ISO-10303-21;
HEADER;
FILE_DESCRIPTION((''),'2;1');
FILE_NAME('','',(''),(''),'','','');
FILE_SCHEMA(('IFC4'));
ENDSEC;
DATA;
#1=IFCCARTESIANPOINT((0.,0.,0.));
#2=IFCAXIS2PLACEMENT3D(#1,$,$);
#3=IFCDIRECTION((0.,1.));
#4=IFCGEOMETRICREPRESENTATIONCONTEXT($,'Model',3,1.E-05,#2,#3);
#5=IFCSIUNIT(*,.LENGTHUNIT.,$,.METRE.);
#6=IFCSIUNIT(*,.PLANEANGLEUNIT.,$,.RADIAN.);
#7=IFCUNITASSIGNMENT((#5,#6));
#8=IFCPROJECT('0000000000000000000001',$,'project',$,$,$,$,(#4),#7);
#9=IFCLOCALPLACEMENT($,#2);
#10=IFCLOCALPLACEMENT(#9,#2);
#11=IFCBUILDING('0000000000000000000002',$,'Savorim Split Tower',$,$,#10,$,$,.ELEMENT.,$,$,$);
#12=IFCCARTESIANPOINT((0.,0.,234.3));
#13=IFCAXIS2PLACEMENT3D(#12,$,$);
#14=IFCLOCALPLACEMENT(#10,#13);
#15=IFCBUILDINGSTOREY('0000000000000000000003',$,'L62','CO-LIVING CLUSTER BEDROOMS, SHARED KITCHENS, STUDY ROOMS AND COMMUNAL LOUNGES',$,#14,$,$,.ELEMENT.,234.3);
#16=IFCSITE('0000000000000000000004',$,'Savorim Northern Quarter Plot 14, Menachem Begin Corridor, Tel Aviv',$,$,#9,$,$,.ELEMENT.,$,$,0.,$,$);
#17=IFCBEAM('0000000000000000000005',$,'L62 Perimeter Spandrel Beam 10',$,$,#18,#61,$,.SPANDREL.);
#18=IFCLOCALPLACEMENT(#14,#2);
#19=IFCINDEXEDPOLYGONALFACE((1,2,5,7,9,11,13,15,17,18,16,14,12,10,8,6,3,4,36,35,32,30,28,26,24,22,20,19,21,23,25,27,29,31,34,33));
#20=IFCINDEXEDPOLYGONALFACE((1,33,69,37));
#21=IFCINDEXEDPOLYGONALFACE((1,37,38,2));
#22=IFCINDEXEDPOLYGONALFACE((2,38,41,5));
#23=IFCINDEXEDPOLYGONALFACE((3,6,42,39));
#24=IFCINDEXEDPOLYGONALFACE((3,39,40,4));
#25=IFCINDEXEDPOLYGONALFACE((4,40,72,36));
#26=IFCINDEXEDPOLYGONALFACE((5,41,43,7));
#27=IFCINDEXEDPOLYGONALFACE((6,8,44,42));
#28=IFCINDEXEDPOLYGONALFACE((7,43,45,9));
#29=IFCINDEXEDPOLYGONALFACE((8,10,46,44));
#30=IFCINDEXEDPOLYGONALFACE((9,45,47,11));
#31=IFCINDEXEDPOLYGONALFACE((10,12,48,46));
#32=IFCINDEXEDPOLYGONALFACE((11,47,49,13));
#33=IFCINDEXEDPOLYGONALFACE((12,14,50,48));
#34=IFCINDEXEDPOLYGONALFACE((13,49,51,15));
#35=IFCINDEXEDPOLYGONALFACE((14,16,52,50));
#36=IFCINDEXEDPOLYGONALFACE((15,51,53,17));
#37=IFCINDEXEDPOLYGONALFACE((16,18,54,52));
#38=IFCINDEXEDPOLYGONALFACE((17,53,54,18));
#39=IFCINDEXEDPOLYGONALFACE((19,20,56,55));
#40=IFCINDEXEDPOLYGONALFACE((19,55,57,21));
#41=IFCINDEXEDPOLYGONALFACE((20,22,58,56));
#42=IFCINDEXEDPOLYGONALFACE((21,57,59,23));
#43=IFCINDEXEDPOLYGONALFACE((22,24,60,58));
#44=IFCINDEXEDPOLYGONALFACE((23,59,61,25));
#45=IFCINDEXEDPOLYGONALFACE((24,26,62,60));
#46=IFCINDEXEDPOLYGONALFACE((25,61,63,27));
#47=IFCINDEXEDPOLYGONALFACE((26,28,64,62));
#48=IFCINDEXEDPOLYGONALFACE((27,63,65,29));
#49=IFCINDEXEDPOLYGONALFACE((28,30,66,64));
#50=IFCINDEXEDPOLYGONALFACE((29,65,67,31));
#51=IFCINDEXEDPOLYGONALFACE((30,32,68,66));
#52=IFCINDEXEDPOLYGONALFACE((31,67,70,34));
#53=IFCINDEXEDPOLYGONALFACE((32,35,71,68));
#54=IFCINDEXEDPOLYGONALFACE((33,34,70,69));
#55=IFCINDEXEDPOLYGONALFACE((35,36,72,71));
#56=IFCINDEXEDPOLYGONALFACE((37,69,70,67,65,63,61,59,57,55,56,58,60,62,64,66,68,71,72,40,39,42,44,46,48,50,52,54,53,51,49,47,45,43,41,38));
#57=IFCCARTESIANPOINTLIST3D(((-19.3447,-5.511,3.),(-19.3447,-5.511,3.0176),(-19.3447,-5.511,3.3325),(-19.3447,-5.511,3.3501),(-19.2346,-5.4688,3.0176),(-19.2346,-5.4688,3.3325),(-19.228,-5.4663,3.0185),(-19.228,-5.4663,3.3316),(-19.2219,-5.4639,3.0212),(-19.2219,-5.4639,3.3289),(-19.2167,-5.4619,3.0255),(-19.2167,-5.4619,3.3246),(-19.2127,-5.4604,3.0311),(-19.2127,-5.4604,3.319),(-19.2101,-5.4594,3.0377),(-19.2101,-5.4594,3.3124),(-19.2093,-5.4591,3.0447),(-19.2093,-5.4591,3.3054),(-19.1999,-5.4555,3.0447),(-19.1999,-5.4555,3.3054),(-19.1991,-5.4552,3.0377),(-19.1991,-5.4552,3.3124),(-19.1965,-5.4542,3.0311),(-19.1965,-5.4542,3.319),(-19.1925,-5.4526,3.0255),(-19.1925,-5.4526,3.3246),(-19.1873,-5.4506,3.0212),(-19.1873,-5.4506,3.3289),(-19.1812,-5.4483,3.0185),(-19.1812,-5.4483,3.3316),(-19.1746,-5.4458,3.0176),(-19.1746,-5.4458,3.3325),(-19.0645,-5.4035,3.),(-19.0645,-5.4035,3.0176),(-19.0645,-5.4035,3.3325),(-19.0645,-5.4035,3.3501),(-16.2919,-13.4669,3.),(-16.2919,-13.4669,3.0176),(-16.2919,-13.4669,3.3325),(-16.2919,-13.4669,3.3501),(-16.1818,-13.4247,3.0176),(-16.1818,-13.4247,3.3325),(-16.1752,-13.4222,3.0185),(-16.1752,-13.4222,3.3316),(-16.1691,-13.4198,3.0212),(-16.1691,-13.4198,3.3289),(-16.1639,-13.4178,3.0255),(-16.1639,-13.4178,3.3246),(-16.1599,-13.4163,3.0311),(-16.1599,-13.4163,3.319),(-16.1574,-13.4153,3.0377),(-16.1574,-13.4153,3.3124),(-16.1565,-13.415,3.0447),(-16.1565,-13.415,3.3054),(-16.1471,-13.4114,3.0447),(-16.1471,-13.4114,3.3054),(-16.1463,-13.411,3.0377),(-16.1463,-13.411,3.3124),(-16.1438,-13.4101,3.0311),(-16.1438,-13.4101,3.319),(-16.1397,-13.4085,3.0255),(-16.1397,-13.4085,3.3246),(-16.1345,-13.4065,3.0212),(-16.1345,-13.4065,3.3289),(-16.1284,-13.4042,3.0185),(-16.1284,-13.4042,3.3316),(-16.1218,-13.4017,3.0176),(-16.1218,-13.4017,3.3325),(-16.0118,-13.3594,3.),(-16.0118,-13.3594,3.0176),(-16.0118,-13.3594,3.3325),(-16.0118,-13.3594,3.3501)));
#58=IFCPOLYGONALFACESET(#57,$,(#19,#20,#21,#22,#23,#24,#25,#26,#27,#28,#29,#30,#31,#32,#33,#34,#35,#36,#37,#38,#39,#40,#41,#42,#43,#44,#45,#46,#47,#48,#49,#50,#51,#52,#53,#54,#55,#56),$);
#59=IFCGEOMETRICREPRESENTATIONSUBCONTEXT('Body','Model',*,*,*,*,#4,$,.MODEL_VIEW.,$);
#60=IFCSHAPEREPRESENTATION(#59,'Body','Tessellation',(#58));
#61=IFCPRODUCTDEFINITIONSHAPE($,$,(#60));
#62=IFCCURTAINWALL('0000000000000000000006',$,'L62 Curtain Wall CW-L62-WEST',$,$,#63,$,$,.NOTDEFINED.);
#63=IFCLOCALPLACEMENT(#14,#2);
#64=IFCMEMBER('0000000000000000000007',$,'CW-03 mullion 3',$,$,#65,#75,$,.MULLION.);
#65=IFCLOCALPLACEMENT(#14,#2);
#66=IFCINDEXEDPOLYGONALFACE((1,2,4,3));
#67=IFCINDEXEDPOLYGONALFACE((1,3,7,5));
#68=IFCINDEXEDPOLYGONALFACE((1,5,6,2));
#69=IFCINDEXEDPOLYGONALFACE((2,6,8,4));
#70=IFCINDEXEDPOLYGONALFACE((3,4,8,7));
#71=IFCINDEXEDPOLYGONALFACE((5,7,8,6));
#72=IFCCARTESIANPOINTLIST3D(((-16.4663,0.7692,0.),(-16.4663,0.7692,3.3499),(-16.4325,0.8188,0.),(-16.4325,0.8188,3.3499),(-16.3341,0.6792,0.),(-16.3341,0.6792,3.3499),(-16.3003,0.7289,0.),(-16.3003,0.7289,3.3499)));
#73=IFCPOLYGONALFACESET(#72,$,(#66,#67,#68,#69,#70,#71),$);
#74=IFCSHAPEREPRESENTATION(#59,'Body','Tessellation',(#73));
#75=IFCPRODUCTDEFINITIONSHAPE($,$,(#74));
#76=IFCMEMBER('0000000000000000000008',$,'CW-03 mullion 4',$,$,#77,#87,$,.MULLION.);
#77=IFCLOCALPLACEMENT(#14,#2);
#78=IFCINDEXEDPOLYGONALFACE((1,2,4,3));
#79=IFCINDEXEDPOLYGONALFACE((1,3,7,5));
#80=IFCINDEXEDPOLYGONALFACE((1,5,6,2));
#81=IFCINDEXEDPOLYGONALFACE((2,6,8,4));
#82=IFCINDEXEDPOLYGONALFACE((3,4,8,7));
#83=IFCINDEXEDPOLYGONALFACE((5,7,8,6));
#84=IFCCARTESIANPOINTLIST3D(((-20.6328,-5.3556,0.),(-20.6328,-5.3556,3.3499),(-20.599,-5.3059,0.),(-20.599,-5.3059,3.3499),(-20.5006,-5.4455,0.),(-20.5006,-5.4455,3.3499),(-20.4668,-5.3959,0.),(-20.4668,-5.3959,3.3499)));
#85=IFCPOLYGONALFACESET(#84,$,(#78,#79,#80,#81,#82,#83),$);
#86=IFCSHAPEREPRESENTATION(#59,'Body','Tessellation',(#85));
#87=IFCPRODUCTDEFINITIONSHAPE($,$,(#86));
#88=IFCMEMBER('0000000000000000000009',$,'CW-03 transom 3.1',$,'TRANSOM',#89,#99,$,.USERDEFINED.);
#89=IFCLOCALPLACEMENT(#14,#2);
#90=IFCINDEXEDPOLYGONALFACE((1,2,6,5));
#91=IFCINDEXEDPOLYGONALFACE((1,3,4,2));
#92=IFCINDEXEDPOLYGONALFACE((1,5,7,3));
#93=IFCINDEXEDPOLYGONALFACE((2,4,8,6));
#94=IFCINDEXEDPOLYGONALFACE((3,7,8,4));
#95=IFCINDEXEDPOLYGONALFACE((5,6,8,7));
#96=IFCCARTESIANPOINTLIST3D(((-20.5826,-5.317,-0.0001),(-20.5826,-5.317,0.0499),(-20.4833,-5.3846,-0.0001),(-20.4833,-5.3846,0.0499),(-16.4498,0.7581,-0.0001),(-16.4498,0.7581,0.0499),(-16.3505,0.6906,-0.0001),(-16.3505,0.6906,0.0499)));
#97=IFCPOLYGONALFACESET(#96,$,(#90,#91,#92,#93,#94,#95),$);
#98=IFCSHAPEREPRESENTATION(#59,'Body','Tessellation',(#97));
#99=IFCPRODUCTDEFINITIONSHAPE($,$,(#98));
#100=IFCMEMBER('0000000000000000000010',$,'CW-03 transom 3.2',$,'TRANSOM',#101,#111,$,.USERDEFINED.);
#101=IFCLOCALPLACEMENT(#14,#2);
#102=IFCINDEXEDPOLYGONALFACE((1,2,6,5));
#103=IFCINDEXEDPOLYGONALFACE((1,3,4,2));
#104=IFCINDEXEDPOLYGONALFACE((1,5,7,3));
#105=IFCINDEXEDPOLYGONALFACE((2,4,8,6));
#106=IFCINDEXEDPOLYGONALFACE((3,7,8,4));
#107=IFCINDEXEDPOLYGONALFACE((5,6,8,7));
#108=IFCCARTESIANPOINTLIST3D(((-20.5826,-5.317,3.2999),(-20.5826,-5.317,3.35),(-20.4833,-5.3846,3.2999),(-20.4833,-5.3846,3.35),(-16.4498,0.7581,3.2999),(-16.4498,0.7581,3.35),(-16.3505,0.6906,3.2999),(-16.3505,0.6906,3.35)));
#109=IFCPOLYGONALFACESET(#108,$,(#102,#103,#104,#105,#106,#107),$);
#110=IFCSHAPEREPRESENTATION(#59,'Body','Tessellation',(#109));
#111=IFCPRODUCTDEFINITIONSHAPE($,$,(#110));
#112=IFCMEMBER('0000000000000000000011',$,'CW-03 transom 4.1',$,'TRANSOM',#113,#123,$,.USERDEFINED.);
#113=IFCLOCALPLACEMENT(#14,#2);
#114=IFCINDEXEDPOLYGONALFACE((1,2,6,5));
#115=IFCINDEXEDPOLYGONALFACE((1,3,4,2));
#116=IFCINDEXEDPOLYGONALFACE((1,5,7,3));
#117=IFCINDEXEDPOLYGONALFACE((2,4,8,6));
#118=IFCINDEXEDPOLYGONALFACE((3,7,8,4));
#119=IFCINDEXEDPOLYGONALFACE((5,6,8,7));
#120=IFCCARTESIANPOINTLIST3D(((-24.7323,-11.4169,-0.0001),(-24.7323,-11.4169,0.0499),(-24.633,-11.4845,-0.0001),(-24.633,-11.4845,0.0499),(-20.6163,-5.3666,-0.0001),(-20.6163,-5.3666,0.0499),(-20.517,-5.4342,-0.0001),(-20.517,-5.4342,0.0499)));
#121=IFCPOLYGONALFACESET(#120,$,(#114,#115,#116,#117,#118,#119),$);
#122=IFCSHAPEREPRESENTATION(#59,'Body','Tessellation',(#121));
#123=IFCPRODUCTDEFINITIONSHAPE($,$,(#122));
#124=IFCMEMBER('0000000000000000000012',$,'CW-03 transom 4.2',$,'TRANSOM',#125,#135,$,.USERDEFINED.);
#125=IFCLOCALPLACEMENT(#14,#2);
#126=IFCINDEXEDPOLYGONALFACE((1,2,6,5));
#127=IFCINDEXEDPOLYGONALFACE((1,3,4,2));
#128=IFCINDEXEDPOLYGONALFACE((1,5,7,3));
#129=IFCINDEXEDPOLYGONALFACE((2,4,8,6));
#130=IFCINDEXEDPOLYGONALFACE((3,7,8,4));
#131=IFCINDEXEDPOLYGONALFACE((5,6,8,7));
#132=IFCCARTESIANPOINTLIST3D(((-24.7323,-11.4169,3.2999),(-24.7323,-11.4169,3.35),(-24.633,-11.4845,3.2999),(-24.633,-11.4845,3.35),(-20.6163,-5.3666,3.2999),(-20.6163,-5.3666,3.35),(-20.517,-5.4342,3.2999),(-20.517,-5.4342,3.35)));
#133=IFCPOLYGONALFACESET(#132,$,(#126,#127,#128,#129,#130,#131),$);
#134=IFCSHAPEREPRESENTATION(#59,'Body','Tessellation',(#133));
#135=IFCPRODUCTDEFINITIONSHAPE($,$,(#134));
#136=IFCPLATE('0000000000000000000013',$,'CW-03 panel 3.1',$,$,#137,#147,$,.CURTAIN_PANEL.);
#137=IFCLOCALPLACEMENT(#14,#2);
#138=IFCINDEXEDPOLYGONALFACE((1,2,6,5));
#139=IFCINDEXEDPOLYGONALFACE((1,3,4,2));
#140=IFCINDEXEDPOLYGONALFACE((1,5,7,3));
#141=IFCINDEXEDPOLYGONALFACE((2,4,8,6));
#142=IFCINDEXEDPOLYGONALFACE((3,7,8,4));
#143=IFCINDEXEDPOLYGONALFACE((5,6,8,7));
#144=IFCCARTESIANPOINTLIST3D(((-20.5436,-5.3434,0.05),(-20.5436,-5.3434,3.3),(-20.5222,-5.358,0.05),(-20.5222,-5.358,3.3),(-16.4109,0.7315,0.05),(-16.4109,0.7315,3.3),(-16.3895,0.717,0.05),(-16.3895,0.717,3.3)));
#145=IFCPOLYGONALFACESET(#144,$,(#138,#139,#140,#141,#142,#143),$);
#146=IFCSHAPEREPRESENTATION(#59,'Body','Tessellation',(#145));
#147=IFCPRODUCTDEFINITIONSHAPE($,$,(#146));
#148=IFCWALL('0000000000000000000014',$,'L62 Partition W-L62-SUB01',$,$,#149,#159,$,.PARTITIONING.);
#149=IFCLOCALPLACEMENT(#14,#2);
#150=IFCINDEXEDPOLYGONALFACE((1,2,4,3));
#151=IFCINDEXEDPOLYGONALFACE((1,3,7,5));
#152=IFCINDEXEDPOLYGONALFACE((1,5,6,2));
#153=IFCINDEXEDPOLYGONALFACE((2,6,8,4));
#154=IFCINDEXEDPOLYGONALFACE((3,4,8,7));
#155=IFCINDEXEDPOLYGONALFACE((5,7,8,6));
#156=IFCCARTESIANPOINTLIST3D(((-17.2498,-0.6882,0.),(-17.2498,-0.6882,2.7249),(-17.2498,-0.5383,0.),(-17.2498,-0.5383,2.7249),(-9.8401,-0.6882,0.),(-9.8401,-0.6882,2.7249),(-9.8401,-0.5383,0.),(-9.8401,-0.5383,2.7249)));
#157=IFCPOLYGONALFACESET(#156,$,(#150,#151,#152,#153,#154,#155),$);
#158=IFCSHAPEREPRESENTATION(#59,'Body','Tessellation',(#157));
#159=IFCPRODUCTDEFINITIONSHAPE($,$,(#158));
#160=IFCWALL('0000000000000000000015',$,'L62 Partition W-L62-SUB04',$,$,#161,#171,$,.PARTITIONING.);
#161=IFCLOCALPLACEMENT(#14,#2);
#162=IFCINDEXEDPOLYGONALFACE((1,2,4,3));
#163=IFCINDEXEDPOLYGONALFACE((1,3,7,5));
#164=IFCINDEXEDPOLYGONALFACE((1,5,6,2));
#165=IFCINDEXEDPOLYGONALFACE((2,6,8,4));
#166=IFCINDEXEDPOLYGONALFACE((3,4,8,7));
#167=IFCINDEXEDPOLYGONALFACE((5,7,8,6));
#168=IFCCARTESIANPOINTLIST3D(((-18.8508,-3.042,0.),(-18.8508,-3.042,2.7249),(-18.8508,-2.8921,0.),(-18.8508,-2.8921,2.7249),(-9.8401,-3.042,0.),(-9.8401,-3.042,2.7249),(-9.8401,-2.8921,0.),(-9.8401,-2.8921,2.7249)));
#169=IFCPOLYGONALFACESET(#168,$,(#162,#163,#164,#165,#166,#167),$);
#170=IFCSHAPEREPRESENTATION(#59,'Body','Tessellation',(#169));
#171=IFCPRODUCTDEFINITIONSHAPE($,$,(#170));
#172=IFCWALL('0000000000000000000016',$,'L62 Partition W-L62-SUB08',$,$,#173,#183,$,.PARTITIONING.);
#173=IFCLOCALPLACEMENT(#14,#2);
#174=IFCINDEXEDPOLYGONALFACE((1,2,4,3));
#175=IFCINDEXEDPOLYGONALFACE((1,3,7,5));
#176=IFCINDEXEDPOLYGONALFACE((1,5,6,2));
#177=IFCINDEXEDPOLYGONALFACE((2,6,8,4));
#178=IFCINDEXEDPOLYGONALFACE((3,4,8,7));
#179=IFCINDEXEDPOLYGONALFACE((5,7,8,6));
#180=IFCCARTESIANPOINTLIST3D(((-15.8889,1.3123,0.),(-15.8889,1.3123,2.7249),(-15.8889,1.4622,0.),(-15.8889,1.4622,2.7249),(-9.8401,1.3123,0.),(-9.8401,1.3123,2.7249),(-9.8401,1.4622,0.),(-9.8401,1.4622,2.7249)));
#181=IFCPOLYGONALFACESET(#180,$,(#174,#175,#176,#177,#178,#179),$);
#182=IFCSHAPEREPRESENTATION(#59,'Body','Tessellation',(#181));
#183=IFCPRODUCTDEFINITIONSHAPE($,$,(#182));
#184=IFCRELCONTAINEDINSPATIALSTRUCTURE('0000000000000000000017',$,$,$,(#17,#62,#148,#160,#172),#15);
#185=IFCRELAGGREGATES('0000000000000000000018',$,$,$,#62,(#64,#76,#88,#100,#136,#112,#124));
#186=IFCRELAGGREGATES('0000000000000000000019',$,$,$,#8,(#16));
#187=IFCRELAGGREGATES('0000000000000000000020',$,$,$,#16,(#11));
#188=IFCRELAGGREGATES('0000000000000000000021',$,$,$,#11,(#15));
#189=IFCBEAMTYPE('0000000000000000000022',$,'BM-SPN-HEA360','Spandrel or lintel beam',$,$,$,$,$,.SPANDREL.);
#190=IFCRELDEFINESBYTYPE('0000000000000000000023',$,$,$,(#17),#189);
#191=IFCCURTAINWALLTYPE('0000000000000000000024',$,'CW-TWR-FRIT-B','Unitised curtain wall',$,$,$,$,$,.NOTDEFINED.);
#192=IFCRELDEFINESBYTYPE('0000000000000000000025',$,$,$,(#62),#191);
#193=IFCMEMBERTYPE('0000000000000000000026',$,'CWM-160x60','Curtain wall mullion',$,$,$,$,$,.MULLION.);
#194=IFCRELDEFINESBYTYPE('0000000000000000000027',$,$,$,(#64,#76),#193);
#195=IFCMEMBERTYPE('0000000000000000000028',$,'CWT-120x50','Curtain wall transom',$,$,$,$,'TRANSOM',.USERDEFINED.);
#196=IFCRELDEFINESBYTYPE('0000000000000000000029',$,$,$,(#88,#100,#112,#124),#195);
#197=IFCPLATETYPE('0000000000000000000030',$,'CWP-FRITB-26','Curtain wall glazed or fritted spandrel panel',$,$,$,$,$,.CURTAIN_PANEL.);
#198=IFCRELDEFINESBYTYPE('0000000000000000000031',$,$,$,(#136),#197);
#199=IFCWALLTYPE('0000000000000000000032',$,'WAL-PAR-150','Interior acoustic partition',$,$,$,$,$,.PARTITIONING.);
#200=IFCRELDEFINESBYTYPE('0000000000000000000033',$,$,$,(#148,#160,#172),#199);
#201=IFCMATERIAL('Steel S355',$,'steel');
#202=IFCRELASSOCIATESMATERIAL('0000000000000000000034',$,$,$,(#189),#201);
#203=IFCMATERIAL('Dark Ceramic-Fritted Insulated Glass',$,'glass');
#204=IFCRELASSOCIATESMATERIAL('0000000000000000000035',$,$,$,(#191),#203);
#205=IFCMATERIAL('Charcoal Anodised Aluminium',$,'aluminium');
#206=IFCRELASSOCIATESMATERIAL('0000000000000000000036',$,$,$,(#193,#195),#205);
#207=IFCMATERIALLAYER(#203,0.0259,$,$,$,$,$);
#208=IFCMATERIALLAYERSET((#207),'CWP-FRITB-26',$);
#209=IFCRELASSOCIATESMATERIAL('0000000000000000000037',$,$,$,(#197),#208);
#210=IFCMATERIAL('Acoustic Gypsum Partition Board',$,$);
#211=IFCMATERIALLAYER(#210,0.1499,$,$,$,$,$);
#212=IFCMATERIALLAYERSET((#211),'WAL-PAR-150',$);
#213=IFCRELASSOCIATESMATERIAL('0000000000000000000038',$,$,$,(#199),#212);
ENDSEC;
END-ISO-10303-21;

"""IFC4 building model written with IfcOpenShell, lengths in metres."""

from ifc_helpers import new_model, si_unit, direction, frame, frame_2d, origin, origin_2d, place, context, subcontext, project, spatial, rectangle, i_section, extrude, material, layer, layer_set, material_profile, profile_set, type_object, element, aggregate, save


model = new_model("IFC4")

# Units and contexts
model_context = context("Model", 3, precision=1e-05, world=origin(), true_north=direction((0.0, 1.0)))
body_context = subcontext(model_context, "Body", "Model", "MODEL_VIEW")
ifc_project = project(units=[si_unit("LENGTHUNIT", "METRE"), si_unit("PLANEANGLEUNIT", "RADIAN")], contexts=[model_context])

# Site, building, storey
site_placement = place(None, origin())
site = spatial("IfcSite", under=ifc_project, at=site_placement, Name="Savorim Northern Quarter Plot 14, Menachem Begin Corridor, Tel Aviv", CompositionType="ELEMENT", RefElevation=0.0)
building_placement = place(site_placement, origin())
building = spatial("IfcBuilding", under=site, at=building_placement, Name="Savorim Split Tower", CompositionType="ELEMENT")
storey_placement = place(building_placement, frame((0.0, 0.0, 234.3)))
storey = spatial("IfcBuildingStorey", under=building, at=storey_placement, Name="L62", Description="CO-LIVING CLUSTER BEDROOMS, SHARED KITCHENS, STUDY ROOMS AND COMMUNAL LOUNGES", CompositionType="ELEMENT", Elevation=234.3)

# Shared definitions
ifc_material_1 = material(Name="Steel S355", Category="steel")

# Beam
ifc_material_profile_1 = material_profile(ifc_material_1, i_section(OverallWidth=0.3, OverallDepth=0.3501, WebThickness=0.01, FlangeThickness=0.0176, FilletRadius=0.0271, at=origin_2d()), Name="HEA 360")
ifc_profile_set_1 = profile_set([ifc_material_profile_1], Name="Steel S355")
beam_type_1 = type_object("IfcBeamType", Name="BM-SPN-HEA360", Description="Spandrel or lintel beam", PredefinedType="SPANDREL", material=ifc_profile_set_1)
beam_1_placement = place(storey_placement, frame((-19.2046, -5.4573, 3.175), z_axis=(0.358244, -0.933628, 0.0), x_axis=(0.933628, 0.358244, 0.0)))
element("IfcBeam", 1, at=beam_1_placement, inside=storey, type_object=beam_type_1, Name="L62 Perimeter Spandrel Beam 10", PredefinedType="SPANDREL", context=body_context, shape_type="SweptSolid", body=[
    extrude(i_section(OverallWidth=0.3, OverallDepth=0.3501, WebThickness=0.01, FlangeThickness=0.0176, FilletRadius=0.0271, at=origin_2d()), origin(), (0.0, 0.0, 1.0), 8.5215),
])

# Curtain wall, members, plate
ifc_material_2 = material(Name="Dark Ceramic-Fritted Insulated Glass", Category="glass")
curtain_wall_type = type_object("IfcCurtainWallType", Name="CW-TWR-FRIT-B", Description="Unitised curtain wall", PredefinedType="NOTDEFINED", material=ifc_material_2)
curtain_wall_placement = place(storey_placement, origin())
curtain_wall = element("IfcCurtainWall", 2, at=curtain_wall_placement, inside=storey, type_object=curtain_wall_type, Name="L62 Curtain Wall CW-L62-WEST", PredefinedType="NOTDEFINED")
ifc_material_3 = material(Name="Charcoal Anodised Aluminium", Category="aluminium")
ifc_material_profile_2 = material_profile(ifc_material_3, rectangle(XDim=0.1599, YDim=0.0601, at=origin_2d()), Name="ALU-M 160x60")
ifc_profile_set_2 = profile_set([ifc_material_profile_2], Name="Charcoal Anodised Aluminium")
member_type_1 = type_object("IfcMemberType", Name="CWM-160x60", Description="Curtain wall mullion", PredefinedType="MULLION", material=ifc_profile_set_2)
member_1_placement = place(storey_placement, frame((-16.3833, 0.749, 0.0), z_axis=(0.0, 0.0, 1.0), x_axis=(0.82682, -0.562467, 0.0)))
member_1 = element("IfcMember", 3, at=member_1_placement, type_object=member_type_1, Name="CW-03 mullion 3", PredefinedType="MULLION", context=body_context, shape_type="SweptSolid", body=[
    extrude(rectangle(XDim=0.1599, YDim=0.0601, at=origin_2d()), origin(), (0.0, 0.0, 1.0), 3.3499),
])
member_2_placement = place(storey_placement, frame((-20.5498, -5.3757, 0.0), z_axis=(0.0, 0.0, 1.0), x_axis=(0.82682, -0.562467, 0.0)))
member_2 = element("IfcMember", 4, at=member_2_placement, type_object=member_type_1, Name="CW-03 mullion 4", PredefinedType="MULLION", context=body_context, shape_type="SweptSolid", body=[
    extrude(rectangle(XDim=0.1599, YDim=0.0601, at=origin_2d()), origin(), (0.0, 0.0, 1.0), 3.3499),
])
ifc_material_profile_3 = material_profile(ifc_material_3, rectangle(XDim=0.1201, YDim=0.05, at=origin_2d()), Name="ALU-T 120x50")
ifc_profile_set_3 = profile_set([ifc_material_profile_3], Name="Charcoal Anodised Aluminium")
member_type_2 = type_object("IfcMemberType", Name="CWT-120x50", Description="Curtain wall transom", ElementType="TRANSOM", PredefinedType="USERDEFINED", material=ifc_profile_set_3)
member_3_placement = place(storey_placement, frame((-16.4001, 0.7244, 0.0249), z_axis=(-0.562466, -0.82682, 0.0), x_axis=(0.82682, -0.562466, 0.0)))
member_3 = element("IfcMember", 5, at=member_3_placement, type_object=member_type_2, Name="CW-03 transom 3.1", ObjectType="TRANSOM", PredefinedType="USERDEFINED", context=body_context, shape_type="SweptSolid", body=[
    extrude(rectangle(XDim=0.1201, YDim=0.05, at=origin_2d()), origin(), (0.0, 0.0, 1.0), 7.3477),
])
member_4_placement = place(storey_placement, frame((-16.4001, 0.7244, 3.325), z_axis=(-0.562466, -0.82682, 0.0), x_axis=(0.82682, -0.562466, 0.0)))
member_4 = element("IfcMember", 6, at=member_4_placement, type_object=member_type_2, Name="CW-03 transom 3.2", ObjectType="TRANSOM", PredefinedType="USERDEFINED", context=body_context, shape_type="SweptSolid", body=[
    extrude(rectangle(XDim=0.1201, YDim=0.05, at=origin_2d()), origin(), (0.0, 0.0, 1.0), 7.3477),
])
member_5_placement = place(storey_placement, frame((-20.5667, -5.4004, 0.0249), z_axis=(-0.562475, -0.826814, 0.0), x_axis=(0.826814, -0.562475, 0.0)))
member_5 = element("IfcMember", 7, at=member_5_placement, type_object=member_type_2, Name="CW-03 transom 4.1", ObjectType="TRANSOM", PredefinedType="USERDEFINED", context=body_context, shape_type="SweptSolid", body=[
    extrude(rectangle(XDim=0.1201, YDim=0.05, at=origin_2d()), origin(), (0.0, 0.0, 1.0), 7.3176),
])
member_6_placement = place(storey_placement, frame((-20.5667, -5.4004, 3.325), z_axis=(-0.562475, -0.826814, 0.0), x_axis=(0.826814, -0.562475, 0.0)))
member_6 = element("IfcMember", 8, at=member_6_placement, type_object=member_type_2, Name="CW-03 transom 4.2", ObjectType="TRANSOM", PredefinedType="USERDEFINED", context=body_context, shape_type="SweptSolid", body=[
    extrude(rectangle(XDim=0.1201, YDim=0.05, at=origin_2d()), origin(), (0.0, 0.0, 1.0), 7.3176),
])
ifc_layer_1 = layer(ifc_material_2, 0.0259)
ifc_layer_set_1 = layer_set([ifc_layer_1], Name="CWP-FRITB-26")
plate_type = type_object("IfcPlateType", Name="CWP-FRITB-26", Description="Curtain wall glazed or fritted spandrel panel", PredefinedType="CURTAIN_PANEL", material=ifc_layer_set_1)
plate_placement = place(storey_placement, frame((-18.4666, -2.3132, 0.05), z_axis=(0.0, 0.0, 1.0), x_axis=(-0.562467, -0.82682, 0.0)))
plate = element("IfcPlate", 9, at=plate_placement, type_object=plate_type, Name="CW-03 panel 3.1", PredefinedType="CURTAIN_PANEL", context=body_context, shape_type="SweptSolid", body=[
    extrude(rectangle(XDim=7.3474, YDim=0.0259, at=origin_2d()), origin(), (0.0, 0.0, 1.0), 3.25),
])
aggregate(curtain_wall, [member_1, member_2, member_3, member_4, plate, member_5, member_6])

# Walls
ifc_material_4 = material(Name="Acoustic Gypsum Partition Board")
ifc_layer_2 = layer(ifc_material_4, 0.1499)
ifc_layer_set_2 = layer_set([ifc_layer_2], Name="WAL-PAR-150")
wall_type_1 = type_object("IfcWallType", Name="WAL-PAR-150", Description="Interior acoustic partition", PredefinedType="PARTITIONING", material=ifc_layer_set_2)
wall_1_placement = place(storey_placement, frame((-9.8401, -0.6133, 0.0), z_axis=(0.0, 0.0, 1.0), x_axis=(-1.0, 0.0, 0.0)))
element("IfcWall", 10, at=wall_1_placement, inside=storey, type_object=wall_type_1, Name="L62 Partition W-L62-SUB01", PredefinedType="PARTITIONING", context=body_context, shape_type="SweptSolid", body=[
    extrude(rectangle(XDim=7.4097, YDim=0.1499, at=frame_2d((3.7048, 0.0))), origin(), (0.0, 0.0, 1.0), 2.7249),
])
wall_2_placement = place(storey_placement, frame((-9.8401, -2.967, 0.0), z_axis=(0.0, 0.0, 1.0), x_axis=(-1.0, 0.0, 0.0)))
element("IfcWall", 11, at=wall_2_placement, inside=storey, type_object=wall_type_1, Name="L62 Partition W-L62-SUB04", PredefinedType="PARTITIONING", context=body_context, shape_type="SweptSolid", body=[
    extrude(rectangle(XDim=9.0107, YDim=0.1499, at=frame_2d((4.5054, 0.0))), origin(), (0.0, 0.0, 1.0), 2.7249),
])
wall_3_placement = place(storey_placement, frame((-9.8401, 1.3872, 0.0), z_axis=(0.0, 0.0, 1.0), x_axis=(-1.0, 0.0, 0.0)))
element("IfcWall", 12, at=wall_3_placement, inside=storey, type_object=wall_type_1, Name="L62 Partition W-L62-SUB08", PredefinedType="PARTITIONING", context=body_context, shape_type="SweptSolid", body=[
    extrude(rectangle(XDim=6.0488, YDim=0.1499, at=frame_2d((3.0244, 0.0))), origin(), (0.0, 0.0, 1.0), 2.7249),
])

save(model, "model.ifc")
